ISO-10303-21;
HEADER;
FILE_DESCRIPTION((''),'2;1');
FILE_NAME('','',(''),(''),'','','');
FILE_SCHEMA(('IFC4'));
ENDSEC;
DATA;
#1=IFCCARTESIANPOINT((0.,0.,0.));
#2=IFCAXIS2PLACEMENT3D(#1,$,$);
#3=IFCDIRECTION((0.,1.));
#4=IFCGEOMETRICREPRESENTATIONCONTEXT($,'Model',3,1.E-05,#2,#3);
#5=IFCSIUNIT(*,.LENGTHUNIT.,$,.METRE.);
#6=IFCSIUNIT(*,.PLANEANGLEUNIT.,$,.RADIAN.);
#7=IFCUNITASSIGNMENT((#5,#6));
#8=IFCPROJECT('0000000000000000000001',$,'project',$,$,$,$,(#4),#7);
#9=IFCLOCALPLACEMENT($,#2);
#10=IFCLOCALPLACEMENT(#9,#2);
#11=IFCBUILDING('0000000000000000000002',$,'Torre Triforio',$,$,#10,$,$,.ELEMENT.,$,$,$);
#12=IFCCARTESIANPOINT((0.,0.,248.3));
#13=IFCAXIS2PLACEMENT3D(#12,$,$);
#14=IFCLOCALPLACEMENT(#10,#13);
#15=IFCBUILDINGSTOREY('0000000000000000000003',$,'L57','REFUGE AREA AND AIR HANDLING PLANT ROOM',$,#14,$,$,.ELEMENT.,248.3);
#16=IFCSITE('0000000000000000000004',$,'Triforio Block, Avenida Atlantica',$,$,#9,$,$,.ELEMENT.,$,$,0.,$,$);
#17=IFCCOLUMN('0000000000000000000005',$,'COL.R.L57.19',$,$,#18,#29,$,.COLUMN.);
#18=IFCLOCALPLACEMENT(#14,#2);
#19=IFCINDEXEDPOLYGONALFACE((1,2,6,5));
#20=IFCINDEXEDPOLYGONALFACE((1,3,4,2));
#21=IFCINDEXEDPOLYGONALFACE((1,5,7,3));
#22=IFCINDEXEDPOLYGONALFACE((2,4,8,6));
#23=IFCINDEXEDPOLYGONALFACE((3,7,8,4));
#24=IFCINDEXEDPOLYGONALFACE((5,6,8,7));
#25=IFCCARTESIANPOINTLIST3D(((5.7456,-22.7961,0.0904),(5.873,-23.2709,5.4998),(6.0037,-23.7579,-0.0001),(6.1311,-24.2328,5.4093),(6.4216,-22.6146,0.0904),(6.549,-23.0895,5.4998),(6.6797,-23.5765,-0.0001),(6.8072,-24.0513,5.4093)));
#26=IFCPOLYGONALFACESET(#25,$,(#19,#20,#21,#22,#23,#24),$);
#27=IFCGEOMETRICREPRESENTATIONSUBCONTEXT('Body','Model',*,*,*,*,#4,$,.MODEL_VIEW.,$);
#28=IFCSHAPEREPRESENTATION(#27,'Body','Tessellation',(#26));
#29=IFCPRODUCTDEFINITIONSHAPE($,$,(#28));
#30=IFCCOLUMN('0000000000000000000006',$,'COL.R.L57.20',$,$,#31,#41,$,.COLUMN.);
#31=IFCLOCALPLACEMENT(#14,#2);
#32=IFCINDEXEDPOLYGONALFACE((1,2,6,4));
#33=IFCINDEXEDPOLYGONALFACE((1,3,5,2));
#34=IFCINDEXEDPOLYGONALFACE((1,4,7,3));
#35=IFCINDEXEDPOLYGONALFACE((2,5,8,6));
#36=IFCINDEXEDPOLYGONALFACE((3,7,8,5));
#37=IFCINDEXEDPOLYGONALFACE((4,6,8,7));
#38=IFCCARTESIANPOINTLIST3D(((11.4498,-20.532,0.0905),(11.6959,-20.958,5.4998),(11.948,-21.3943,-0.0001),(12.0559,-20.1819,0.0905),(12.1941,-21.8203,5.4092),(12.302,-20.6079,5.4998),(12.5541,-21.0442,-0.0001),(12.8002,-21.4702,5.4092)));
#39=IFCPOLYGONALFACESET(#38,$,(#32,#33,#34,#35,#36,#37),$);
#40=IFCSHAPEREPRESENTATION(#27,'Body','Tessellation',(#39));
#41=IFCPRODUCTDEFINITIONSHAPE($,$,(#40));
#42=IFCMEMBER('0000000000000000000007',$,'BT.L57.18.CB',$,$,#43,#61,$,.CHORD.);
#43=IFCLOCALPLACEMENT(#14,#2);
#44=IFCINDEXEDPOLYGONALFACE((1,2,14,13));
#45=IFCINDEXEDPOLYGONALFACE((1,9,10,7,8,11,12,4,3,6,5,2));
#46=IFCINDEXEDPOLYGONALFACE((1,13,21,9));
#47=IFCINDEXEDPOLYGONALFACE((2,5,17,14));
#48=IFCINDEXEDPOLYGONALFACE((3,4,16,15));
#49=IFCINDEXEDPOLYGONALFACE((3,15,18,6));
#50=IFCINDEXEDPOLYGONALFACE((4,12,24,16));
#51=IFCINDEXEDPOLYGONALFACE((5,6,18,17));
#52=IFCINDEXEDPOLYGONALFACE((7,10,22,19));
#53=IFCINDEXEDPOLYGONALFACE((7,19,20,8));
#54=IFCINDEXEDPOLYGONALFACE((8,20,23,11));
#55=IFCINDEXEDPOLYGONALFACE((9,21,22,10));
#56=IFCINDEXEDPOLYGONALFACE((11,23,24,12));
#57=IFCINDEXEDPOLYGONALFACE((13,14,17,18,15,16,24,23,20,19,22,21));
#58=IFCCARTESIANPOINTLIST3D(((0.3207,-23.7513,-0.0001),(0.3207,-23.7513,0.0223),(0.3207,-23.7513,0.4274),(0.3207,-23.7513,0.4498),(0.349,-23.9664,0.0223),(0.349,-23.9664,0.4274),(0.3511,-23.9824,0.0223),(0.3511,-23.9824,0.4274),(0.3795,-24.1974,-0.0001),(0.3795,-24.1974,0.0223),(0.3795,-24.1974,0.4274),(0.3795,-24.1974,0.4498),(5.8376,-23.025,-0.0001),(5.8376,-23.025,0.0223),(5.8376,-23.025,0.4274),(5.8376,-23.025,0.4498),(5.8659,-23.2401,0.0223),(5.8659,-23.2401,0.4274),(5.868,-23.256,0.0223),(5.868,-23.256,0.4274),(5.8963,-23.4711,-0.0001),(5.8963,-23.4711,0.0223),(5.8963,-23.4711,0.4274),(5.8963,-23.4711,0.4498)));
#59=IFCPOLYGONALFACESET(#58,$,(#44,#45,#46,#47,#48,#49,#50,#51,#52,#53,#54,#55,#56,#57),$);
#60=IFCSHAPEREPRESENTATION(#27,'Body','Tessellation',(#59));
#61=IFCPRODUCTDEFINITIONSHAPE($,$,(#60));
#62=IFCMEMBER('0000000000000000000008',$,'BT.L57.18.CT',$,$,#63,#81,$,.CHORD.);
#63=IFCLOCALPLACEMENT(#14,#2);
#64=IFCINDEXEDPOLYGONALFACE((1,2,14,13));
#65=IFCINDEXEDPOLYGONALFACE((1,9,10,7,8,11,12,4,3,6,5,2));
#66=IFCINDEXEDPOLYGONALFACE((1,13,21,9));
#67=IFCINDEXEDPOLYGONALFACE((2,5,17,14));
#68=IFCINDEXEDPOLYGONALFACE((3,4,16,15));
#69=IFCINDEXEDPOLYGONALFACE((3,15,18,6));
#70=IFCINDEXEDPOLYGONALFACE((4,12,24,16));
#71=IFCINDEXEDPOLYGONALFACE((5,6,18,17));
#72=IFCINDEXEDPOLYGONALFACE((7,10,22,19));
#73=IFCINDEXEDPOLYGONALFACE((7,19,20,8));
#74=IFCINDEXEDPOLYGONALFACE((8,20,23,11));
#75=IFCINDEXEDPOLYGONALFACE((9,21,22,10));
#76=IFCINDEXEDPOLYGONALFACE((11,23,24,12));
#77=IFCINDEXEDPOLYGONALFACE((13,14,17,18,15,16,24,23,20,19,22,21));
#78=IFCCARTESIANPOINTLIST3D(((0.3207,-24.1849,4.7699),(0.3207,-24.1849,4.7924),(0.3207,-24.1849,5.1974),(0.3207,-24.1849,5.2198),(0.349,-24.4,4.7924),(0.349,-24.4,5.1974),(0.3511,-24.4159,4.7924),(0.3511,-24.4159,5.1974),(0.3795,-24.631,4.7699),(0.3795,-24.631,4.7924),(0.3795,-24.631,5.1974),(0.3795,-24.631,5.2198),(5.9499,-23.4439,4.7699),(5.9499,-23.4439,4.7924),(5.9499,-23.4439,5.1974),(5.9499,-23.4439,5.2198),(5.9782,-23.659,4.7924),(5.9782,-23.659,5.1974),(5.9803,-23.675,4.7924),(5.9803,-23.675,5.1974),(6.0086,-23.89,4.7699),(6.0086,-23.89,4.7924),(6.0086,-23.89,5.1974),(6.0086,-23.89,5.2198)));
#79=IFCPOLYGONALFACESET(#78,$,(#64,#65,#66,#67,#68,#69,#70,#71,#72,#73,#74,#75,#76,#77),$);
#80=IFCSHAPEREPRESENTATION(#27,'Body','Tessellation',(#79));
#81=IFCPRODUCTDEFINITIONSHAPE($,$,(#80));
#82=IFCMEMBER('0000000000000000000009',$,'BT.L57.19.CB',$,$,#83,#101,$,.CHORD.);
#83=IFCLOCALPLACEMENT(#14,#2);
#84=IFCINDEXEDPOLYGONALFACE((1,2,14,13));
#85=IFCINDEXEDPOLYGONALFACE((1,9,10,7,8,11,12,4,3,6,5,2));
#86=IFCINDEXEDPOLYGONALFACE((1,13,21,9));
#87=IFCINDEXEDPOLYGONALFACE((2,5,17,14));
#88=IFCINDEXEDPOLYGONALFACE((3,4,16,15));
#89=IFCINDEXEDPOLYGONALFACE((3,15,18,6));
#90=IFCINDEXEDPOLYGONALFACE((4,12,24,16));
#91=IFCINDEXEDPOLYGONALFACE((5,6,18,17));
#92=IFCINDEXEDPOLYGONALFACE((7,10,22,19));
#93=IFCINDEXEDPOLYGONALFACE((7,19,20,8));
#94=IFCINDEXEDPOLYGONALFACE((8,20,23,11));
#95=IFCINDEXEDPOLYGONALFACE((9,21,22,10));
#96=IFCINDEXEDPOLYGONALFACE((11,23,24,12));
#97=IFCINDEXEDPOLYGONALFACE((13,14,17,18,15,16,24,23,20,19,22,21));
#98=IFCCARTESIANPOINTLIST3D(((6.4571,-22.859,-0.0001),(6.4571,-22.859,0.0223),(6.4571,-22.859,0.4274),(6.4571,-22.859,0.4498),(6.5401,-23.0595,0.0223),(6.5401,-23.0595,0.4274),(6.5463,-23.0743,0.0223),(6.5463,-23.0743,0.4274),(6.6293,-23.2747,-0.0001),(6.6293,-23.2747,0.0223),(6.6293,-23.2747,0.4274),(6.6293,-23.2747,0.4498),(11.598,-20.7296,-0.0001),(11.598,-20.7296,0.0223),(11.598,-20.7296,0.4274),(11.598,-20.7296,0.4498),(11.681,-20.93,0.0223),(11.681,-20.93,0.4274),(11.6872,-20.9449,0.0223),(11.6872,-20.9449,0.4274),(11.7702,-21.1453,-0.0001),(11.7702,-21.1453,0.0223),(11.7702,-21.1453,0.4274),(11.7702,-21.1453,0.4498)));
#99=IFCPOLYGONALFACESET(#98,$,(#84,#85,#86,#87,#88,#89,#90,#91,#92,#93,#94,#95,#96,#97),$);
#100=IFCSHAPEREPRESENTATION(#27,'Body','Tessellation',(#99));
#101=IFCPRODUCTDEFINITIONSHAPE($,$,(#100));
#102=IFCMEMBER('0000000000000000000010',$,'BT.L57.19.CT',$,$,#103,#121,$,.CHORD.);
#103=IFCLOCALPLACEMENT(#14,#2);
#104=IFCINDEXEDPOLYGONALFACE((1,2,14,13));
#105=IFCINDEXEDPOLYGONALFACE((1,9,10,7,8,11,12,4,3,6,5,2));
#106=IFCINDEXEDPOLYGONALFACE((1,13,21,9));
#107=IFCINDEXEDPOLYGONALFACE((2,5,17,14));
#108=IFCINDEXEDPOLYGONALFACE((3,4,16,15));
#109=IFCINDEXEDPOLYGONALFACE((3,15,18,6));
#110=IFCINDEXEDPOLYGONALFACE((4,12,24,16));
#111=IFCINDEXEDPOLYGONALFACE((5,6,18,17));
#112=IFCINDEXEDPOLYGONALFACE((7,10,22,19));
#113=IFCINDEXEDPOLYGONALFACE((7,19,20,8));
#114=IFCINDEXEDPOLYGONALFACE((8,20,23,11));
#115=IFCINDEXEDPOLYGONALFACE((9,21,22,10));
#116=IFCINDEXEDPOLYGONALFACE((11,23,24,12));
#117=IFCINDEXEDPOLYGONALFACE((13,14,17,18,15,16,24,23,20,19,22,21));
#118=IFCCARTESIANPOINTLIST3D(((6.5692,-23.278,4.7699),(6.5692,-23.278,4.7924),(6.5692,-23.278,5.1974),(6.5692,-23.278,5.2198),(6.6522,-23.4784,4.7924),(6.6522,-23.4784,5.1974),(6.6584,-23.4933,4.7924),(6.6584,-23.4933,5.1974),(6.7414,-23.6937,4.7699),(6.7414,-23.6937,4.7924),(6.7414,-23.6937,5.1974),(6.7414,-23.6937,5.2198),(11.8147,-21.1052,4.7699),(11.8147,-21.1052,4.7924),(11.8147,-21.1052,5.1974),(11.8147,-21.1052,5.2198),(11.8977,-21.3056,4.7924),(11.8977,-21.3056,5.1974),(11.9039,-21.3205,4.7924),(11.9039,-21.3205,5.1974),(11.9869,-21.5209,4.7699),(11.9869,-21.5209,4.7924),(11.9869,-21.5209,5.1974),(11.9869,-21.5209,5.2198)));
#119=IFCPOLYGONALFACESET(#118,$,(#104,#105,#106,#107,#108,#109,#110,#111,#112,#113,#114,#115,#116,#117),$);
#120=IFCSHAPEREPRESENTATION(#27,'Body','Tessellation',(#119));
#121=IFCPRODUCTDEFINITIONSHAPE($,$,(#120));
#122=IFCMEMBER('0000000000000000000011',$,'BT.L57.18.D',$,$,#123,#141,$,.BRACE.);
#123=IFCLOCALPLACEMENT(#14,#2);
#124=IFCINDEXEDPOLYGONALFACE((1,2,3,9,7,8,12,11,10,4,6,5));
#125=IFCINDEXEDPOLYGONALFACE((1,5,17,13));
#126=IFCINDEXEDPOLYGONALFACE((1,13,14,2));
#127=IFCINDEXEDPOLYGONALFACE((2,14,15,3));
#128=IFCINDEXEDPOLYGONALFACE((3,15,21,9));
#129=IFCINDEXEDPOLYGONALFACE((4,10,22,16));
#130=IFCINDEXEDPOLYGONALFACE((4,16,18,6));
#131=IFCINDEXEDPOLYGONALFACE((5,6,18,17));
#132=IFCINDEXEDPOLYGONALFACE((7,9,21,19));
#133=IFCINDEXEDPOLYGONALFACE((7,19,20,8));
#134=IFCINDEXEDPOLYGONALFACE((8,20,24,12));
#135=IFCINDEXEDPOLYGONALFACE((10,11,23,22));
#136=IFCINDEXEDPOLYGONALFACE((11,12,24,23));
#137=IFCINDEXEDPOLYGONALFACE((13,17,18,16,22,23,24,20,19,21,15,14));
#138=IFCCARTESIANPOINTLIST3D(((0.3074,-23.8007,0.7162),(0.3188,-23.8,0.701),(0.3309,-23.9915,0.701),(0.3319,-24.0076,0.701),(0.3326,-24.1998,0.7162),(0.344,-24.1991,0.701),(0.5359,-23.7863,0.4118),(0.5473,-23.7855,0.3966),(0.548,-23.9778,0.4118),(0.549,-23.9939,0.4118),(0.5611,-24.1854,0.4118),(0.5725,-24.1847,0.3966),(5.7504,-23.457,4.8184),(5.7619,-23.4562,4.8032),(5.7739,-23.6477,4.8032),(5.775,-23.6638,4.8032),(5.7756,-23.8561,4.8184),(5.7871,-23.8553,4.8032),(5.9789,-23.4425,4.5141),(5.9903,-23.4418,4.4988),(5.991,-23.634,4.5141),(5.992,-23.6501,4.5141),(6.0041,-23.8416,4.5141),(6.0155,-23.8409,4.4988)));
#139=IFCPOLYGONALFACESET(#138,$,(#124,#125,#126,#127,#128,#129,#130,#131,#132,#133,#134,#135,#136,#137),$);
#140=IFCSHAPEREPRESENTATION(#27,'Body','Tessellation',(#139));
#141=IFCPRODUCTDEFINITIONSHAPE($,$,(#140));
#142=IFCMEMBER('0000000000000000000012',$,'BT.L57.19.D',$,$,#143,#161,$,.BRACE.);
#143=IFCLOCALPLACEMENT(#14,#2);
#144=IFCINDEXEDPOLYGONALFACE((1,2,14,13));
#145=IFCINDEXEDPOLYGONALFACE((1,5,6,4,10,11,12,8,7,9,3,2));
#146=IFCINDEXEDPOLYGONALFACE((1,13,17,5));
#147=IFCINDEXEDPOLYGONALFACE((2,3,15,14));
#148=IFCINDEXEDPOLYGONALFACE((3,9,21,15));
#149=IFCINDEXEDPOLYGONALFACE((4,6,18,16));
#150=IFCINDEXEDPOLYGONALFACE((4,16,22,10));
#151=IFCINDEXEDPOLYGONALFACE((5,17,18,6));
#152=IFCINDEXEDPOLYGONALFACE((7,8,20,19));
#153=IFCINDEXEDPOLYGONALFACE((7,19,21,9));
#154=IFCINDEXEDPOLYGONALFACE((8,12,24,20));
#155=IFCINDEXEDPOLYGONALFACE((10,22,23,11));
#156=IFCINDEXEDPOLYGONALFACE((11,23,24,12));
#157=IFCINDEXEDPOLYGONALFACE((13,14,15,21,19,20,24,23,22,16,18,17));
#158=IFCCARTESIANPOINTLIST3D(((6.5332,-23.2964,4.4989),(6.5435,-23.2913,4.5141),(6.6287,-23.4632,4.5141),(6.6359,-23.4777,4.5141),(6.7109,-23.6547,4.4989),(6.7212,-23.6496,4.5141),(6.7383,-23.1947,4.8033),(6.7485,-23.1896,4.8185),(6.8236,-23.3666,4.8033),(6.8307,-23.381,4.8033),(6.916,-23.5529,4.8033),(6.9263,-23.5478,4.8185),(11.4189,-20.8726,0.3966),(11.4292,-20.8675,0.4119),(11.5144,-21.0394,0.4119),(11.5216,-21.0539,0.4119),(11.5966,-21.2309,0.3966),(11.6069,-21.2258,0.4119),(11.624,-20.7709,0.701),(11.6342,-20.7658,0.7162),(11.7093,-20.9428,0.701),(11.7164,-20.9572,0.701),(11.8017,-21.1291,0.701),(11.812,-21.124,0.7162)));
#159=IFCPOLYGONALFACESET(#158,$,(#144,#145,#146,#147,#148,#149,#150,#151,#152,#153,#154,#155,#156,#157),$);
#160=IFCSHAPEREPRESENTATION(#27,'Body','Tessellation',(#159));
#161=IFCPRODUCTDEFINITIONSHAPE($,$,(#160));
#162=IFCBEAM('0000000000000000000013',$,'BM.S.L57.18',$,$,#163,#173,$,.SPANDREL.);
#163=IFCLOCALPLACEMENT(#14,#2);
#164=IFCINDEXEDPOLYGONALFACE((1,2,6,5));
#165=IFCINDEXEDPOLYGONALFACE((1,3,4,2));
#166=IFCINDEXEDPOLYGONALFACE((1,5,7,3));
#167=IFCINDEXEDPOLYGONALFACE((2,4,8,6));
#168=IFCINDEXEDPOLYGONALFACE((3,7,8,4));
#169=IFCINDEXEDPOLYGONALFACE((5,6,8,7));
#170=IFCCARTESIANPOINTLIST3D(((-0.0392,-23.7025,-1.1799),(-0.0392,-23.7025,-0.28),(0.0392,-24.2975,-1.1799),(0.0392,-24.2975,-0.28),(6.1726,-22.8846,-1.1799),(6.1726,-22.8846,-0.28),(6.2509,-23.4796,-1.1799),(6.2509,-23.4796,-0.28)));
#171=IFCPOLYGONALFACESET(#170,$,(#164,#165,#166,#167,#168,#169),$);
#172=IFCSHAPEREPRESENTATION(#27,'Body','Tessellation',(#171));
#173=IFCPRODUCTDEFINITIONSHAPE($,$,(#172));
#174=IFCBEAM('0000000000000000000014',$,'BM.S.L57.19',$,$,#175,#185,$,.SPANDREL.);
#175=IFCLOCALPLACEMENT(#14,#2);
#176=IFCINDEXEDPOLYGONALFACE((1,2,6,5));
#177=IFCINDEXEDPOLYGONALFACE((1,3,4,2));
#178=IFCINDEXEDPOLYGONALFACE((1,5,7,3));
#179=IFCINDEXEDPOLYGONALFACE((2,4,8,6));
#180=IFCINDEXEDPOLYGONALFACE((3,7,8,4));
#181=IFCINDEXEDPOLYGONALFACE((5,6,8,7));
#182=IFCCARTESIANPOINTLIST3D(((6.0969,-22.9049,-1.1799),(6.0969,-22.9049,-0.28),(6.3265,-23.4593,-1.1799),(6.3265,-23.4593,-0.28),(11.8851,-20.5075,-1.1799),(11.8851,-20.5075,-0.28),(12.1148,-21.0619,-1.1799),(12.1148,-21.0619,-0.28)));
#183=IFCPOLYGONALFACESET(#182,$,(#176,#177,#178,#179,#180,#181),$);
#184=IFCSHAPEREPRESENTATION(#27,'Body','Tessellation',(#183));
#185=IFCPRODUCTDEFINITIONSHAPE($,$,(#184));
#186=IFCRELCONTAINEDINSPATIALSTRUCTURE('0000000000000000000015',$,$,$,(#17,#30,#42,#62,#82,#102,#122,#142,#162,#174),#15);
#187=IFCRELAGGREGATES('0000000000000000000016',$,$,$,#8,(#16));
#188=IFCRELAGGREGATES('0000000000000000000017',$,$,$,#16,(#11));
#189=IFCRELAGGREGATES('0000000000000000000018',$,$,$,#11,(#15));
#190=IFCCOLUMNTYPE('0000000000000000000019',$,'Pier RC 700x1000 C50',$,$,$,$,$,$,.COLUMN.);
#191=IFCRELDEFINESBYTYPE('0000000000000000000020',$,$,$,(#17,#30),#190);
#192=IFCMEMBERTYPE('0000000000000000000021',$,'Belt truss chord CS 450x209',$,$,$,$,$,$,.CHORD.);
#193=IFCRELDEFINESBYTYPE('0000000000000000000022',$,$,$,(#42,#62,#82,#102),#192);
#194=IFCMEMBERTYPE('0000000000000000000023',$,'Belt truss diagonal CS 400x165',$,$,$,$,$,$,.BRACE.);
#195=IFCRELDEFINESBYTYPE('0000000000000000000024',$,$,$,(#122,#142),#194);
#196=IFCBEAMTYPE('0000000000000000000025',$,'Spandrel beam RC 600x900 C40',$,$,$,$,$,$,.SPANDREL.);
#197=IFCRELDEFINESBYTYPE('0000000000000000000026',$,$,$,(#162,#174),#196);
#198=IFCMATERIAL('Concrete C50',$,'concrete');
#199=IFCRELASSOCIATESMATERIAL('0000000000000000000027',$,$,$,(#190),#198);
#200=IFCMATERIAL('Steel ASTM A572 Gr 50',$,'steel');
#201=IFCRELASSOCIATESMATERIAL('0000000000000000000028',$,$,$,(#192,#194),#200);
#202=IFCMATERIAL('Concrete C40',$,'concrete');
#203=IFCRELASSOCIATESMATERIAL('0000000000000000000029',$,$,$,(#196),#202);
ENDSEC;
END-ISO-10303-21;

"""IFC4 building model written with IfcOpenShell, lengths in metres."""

from ifc_helpers import new_model, si_unit, direction, frame, origin, origin_2d, place, context, subcontext, project, spatial, rectangle, i_section, extrude, material, material_profile, profile_set, type_object, element, save


model = new_model("IFC4")

# Units and contexts
model_context = context("Model", 3, precision=1e-05, world=origin(), true_north=direction((0.0, 1.0)))
body_context = subcontext(model_context, "Body", "Model", "MODEL_VIEW")
ifc_project = project(units=[si_unit("LENGTHUNIT", "METRE"), si_unit("PLANEANGLEUNIT", "RADIAN")], contexts=[model_context])

# Site, building, storey
site_placement = place(None, origin())
site = spatial("IfcSite", under=ifc_project, at=site_placement, Name="Triforio Block, Avenida Atlantica", CompositionType="ELEMENT", RefElevation=0.0)
building_placement = place(site_placement, origin())
building = spatial("IfcBuilding", under=site, at=building_placement, Name="Torre Triforio", CompositionType="ELEMENT")
storey_placement = place(building_placement, frame((0.0, 0.0, 248.3)))
storey = spatial("IfcBuildingStorey", under=building, at=storey_placement, Name="L57", Description="REFUGE AREA AND AIR HANDLING PLANT ROOM", CompositionType="ELEMENT", Elevation=248.3)

# Columns
ifc_material_1 = material(Name="Concrete C50", Category="concrete")
ifc_material_profile_1 = material_profile(ifc_material_1, rectangle(XDim=0.7, YDim=1.0, at=origin_2d()), Name="RC 700x1000")
ifc_profile_set_1 = profile_set([ifc_material_profile_1], Name="Concrete C50")
column_type = type_object("IfcColumnType", Name="Pier RC 700x1000 C50", PredefinedType="COLUMN", material=ifc_profile_set_1)
for number, where, z_axis, x_axis, name in (
    (1, (6.2126, -23.1863, 0.0452), (0.023462, -0.087422, 0.995895), (0.965822, 0.259208, 0.0), "COL.R.L57.19"),
    (2, (12.002, -20.7881, 0.0452), (0.045307, -0.078432, 0.995889), (0.865913, 0.500195, 0.0), "COL.R.L57.20"),
):
    element("IfcColumn", number, at=place(storey_placement, frame(where, z_axis=z_axis, x_axis=x_axis)), inside=storey, type_object=column_type, Name=name, PredefinedType="COLUMN", context=body_context, shape_type="SweptSolid", body=[
        extrude(rectangle(XDim=0.7, YDim=1.0, at=origin_2d()), origin(), (0.0, 0.0, 1.0), 5.4316),
    ])

# Members
ifc_material_2 = material(Name="Steel ASTM A572 Gr 50", Category="steel")
ifc_material_profile_2 = material_profile(ifc_material_2, i_section(OverallWidth=0.45, OverallDepth=0.45, WebThickness=0.0161, FlangeThickness=0.0225, at=origin_2d()), Name="CS 450x209")
ifc_profile_set_2 = profile_set([ifc_material_profile_2], Name="Steel ASTM A572 Gr 50")
member_type_1 = type_object("IfcMemberType", Name="Belt truss chord CS 450x209", PredefinedType="CHORD", material=ifc_profile_set_2)
member_1_placement = place(storey_placement, frame((0.3501, -23.9744, 0.2249), z_axis=(0.991445, 0.130528, 0.0), x_axis=(-0.130528, 0.991445, 0.0)))
element("IfcMember", 3, at=member_1_placement, inside=storey, type_object=member_type_1, Name="BT.L57.18.CB", PredefinedType="CHORD", context=body_context, shape_type="SweptSolid", body=[
    extrude(i_section(OverallWidth=0.45, OverallDepth=0.45, WebThickness=0.0161, FlangeThickness=0.0225, at=origin_2d()), origin(), (0.0, 0.0, 1.0), 5.5645),
])
member_2_placement = place(storey_placement, frame((0.3501, -24.408, 4.9949), z_axis=(0.991448, 0.130505, 0.0), x_axis=(-0.130505, 0.991448, 0.0)))
element("IfcMember", 4, at=member_2_placement, inside=storey, type_object=member_type_1, Name="BT.L57.18.CT", PredefinedType="CHORD", context=body_context, shape_type="SweptSolid", body=[
    extrude(i_section(OverallWidth=0.45, OverallDepth=0.45, WebThickness=0.0161, FlangeThickness=0.0225, at=origin_2d()), origin(), (0.0, 0.0, 1.0), 5.6777),
])
member_3_placement = place(storey_placement, frame((6.5432, -23.0669, 0.2249), z_axis=(0.923881, 0.38268, 0.0), x_axis=(-0.38268, 0.923881, 0.0)))
element("IfcMember", 5, at=member_3_placement, inside=storey, type_object=member_type_1, Name="BT.L57.19.CB", PredefinedType="CHORD", context=body_context, shape_type="SweptSolid", body=[
    extrude(i_section(OverallWidth=0.45, OverallDepth=0.45, WebThickness=0.0161, FlangeThickness=0.0225, at=origin_2d()), origin(), (0.0, 0.0, 1.0), 5.5645),
])
member_4_placement = place(storey_placement, frame((6.6553, -23.4858, 4.9949), z_axis=(0.923876, 0.382691, 0.0), x_axis=(-0.382691, 0.923876, 0.0)))
element("IfcMember", 6, at=member_4_placement, inside=storey, type_object=member_type_1, Name="BT.L57.19.CT", PredefinedType="CHORD", context=body_context, shape_type="SweptSolid", body=[
    extrude(i_section(OverallWidth=0.45, OverallDepth=0.45, WebThickness=0.0161, FlangeThickness=0.0225, at=origin_2d()), origin(), (0.0, 0.0, 1.0), 5.6777),
])
ifc_material_profile_3 = material_profile(ifc_material_2, i_section(OverallWidth=0.3999, OverallDepth=0.3999, WebThickness=0.0161, FlangeThickness=0.019, at=origin_2d()), Name="CS 400x165")
ifc_profile_set_3 = profile_set([ifc_material_profile_3], Name="Steel ASTM A572 Gr 50")
member_type_2 = type_object("IfcMemberType", Name="Belt truss diagonal CS 400x165", PredefinedType="BRACE", material=ifc_profile_set_3)
for number, where, z_axis, x_axis, name in (
    (7, (0.4399, -23.9927, 0.5564), (0.797579, 0.05037, 0.601108), (-0.063028, 0.998012, 0.0), "BT.L57.18.D"),
    (8, (6.7297, -23.4221, 4.6587), (0.715909, 0.355164, -0.60111), (-0.444418, 0.895819, 0.0), "BT.L57.19.D"),
):
    element("IfcMember", number, at=place(storey_placement, frame(where, z_axis=z_axis, x_axis=x_axis)), inside=storey, type_object=member_type_2, Name=name, PredefinedType="BRACE", context=body_context, shape_type="SweptSolid", body=[
        extrude(i_section(OverallWidth=0.3999, OverallDepth=0.3999, WebThickness=0.0161, FlangeThickness=0.019, at=origin_2d()), origin(), (0.0, 0.0, 1.0), 6.8245),
    ])

# Beams
ifc_material_3 = material(Name="Concrete C40", Category="concrete")
ifc_material_profile_4 = material_profile(ifc_material_3, rectangle(XDim=0.6001, YDim=0.8999, at=origin_2d()), Name="RC 600x900")
ifc_profile_set_4 = profile_set([ifc_material_profile_4], Name="Concrete C40")
beam_type = type_object("IfcBeamType", Name="Spandrel beam RC 600x900 C40", PredefinedType="SPANDREL", material=ifc_profile_set_4)
beam_1_placement = place(storey_placement, frame((0.0, -24.0, -0.73), z_axis=(0.991443, 0.13054, 0.0), x_axis=(-0.13054, 0.991443, 0.0)))
element("IfcBeam", 9, at=beam_1_placement, inside=storey, type_object=beam_type, Name="BM.S.L57.18", PredefinedType="SPANDREL", context=body_context, shape_type="SweptSolid", body=[
    extrude(rectangle(XDim=0.6001, YDim=0.8999, at=origin_2d()), origin(), (0.0, 0.0, 1.0), 6.2654),
])
beam_2_placement = place(storey_placement, frame((6.2117, -23.1821, -0.73), z_axis=(0.923888, 0.382664, 0.0), x_axis=(-0.382664, 0.923888, 0.0)))
element("IfcBeam", 10, at=beam_2_placement, inside=storey, type_object=beam_type, Name="BM.S.L57.19", PredefinedType="SPANDREL", context=body_context, shape_type="SweptSolid", body=[
    extrude(rectangle(XDim=0.6001, YDim=0.8999, at=origin_2d()), origin(), (0.0, 0.0, 1.0), 6.2651),
])

save(model, "model.ifc")
